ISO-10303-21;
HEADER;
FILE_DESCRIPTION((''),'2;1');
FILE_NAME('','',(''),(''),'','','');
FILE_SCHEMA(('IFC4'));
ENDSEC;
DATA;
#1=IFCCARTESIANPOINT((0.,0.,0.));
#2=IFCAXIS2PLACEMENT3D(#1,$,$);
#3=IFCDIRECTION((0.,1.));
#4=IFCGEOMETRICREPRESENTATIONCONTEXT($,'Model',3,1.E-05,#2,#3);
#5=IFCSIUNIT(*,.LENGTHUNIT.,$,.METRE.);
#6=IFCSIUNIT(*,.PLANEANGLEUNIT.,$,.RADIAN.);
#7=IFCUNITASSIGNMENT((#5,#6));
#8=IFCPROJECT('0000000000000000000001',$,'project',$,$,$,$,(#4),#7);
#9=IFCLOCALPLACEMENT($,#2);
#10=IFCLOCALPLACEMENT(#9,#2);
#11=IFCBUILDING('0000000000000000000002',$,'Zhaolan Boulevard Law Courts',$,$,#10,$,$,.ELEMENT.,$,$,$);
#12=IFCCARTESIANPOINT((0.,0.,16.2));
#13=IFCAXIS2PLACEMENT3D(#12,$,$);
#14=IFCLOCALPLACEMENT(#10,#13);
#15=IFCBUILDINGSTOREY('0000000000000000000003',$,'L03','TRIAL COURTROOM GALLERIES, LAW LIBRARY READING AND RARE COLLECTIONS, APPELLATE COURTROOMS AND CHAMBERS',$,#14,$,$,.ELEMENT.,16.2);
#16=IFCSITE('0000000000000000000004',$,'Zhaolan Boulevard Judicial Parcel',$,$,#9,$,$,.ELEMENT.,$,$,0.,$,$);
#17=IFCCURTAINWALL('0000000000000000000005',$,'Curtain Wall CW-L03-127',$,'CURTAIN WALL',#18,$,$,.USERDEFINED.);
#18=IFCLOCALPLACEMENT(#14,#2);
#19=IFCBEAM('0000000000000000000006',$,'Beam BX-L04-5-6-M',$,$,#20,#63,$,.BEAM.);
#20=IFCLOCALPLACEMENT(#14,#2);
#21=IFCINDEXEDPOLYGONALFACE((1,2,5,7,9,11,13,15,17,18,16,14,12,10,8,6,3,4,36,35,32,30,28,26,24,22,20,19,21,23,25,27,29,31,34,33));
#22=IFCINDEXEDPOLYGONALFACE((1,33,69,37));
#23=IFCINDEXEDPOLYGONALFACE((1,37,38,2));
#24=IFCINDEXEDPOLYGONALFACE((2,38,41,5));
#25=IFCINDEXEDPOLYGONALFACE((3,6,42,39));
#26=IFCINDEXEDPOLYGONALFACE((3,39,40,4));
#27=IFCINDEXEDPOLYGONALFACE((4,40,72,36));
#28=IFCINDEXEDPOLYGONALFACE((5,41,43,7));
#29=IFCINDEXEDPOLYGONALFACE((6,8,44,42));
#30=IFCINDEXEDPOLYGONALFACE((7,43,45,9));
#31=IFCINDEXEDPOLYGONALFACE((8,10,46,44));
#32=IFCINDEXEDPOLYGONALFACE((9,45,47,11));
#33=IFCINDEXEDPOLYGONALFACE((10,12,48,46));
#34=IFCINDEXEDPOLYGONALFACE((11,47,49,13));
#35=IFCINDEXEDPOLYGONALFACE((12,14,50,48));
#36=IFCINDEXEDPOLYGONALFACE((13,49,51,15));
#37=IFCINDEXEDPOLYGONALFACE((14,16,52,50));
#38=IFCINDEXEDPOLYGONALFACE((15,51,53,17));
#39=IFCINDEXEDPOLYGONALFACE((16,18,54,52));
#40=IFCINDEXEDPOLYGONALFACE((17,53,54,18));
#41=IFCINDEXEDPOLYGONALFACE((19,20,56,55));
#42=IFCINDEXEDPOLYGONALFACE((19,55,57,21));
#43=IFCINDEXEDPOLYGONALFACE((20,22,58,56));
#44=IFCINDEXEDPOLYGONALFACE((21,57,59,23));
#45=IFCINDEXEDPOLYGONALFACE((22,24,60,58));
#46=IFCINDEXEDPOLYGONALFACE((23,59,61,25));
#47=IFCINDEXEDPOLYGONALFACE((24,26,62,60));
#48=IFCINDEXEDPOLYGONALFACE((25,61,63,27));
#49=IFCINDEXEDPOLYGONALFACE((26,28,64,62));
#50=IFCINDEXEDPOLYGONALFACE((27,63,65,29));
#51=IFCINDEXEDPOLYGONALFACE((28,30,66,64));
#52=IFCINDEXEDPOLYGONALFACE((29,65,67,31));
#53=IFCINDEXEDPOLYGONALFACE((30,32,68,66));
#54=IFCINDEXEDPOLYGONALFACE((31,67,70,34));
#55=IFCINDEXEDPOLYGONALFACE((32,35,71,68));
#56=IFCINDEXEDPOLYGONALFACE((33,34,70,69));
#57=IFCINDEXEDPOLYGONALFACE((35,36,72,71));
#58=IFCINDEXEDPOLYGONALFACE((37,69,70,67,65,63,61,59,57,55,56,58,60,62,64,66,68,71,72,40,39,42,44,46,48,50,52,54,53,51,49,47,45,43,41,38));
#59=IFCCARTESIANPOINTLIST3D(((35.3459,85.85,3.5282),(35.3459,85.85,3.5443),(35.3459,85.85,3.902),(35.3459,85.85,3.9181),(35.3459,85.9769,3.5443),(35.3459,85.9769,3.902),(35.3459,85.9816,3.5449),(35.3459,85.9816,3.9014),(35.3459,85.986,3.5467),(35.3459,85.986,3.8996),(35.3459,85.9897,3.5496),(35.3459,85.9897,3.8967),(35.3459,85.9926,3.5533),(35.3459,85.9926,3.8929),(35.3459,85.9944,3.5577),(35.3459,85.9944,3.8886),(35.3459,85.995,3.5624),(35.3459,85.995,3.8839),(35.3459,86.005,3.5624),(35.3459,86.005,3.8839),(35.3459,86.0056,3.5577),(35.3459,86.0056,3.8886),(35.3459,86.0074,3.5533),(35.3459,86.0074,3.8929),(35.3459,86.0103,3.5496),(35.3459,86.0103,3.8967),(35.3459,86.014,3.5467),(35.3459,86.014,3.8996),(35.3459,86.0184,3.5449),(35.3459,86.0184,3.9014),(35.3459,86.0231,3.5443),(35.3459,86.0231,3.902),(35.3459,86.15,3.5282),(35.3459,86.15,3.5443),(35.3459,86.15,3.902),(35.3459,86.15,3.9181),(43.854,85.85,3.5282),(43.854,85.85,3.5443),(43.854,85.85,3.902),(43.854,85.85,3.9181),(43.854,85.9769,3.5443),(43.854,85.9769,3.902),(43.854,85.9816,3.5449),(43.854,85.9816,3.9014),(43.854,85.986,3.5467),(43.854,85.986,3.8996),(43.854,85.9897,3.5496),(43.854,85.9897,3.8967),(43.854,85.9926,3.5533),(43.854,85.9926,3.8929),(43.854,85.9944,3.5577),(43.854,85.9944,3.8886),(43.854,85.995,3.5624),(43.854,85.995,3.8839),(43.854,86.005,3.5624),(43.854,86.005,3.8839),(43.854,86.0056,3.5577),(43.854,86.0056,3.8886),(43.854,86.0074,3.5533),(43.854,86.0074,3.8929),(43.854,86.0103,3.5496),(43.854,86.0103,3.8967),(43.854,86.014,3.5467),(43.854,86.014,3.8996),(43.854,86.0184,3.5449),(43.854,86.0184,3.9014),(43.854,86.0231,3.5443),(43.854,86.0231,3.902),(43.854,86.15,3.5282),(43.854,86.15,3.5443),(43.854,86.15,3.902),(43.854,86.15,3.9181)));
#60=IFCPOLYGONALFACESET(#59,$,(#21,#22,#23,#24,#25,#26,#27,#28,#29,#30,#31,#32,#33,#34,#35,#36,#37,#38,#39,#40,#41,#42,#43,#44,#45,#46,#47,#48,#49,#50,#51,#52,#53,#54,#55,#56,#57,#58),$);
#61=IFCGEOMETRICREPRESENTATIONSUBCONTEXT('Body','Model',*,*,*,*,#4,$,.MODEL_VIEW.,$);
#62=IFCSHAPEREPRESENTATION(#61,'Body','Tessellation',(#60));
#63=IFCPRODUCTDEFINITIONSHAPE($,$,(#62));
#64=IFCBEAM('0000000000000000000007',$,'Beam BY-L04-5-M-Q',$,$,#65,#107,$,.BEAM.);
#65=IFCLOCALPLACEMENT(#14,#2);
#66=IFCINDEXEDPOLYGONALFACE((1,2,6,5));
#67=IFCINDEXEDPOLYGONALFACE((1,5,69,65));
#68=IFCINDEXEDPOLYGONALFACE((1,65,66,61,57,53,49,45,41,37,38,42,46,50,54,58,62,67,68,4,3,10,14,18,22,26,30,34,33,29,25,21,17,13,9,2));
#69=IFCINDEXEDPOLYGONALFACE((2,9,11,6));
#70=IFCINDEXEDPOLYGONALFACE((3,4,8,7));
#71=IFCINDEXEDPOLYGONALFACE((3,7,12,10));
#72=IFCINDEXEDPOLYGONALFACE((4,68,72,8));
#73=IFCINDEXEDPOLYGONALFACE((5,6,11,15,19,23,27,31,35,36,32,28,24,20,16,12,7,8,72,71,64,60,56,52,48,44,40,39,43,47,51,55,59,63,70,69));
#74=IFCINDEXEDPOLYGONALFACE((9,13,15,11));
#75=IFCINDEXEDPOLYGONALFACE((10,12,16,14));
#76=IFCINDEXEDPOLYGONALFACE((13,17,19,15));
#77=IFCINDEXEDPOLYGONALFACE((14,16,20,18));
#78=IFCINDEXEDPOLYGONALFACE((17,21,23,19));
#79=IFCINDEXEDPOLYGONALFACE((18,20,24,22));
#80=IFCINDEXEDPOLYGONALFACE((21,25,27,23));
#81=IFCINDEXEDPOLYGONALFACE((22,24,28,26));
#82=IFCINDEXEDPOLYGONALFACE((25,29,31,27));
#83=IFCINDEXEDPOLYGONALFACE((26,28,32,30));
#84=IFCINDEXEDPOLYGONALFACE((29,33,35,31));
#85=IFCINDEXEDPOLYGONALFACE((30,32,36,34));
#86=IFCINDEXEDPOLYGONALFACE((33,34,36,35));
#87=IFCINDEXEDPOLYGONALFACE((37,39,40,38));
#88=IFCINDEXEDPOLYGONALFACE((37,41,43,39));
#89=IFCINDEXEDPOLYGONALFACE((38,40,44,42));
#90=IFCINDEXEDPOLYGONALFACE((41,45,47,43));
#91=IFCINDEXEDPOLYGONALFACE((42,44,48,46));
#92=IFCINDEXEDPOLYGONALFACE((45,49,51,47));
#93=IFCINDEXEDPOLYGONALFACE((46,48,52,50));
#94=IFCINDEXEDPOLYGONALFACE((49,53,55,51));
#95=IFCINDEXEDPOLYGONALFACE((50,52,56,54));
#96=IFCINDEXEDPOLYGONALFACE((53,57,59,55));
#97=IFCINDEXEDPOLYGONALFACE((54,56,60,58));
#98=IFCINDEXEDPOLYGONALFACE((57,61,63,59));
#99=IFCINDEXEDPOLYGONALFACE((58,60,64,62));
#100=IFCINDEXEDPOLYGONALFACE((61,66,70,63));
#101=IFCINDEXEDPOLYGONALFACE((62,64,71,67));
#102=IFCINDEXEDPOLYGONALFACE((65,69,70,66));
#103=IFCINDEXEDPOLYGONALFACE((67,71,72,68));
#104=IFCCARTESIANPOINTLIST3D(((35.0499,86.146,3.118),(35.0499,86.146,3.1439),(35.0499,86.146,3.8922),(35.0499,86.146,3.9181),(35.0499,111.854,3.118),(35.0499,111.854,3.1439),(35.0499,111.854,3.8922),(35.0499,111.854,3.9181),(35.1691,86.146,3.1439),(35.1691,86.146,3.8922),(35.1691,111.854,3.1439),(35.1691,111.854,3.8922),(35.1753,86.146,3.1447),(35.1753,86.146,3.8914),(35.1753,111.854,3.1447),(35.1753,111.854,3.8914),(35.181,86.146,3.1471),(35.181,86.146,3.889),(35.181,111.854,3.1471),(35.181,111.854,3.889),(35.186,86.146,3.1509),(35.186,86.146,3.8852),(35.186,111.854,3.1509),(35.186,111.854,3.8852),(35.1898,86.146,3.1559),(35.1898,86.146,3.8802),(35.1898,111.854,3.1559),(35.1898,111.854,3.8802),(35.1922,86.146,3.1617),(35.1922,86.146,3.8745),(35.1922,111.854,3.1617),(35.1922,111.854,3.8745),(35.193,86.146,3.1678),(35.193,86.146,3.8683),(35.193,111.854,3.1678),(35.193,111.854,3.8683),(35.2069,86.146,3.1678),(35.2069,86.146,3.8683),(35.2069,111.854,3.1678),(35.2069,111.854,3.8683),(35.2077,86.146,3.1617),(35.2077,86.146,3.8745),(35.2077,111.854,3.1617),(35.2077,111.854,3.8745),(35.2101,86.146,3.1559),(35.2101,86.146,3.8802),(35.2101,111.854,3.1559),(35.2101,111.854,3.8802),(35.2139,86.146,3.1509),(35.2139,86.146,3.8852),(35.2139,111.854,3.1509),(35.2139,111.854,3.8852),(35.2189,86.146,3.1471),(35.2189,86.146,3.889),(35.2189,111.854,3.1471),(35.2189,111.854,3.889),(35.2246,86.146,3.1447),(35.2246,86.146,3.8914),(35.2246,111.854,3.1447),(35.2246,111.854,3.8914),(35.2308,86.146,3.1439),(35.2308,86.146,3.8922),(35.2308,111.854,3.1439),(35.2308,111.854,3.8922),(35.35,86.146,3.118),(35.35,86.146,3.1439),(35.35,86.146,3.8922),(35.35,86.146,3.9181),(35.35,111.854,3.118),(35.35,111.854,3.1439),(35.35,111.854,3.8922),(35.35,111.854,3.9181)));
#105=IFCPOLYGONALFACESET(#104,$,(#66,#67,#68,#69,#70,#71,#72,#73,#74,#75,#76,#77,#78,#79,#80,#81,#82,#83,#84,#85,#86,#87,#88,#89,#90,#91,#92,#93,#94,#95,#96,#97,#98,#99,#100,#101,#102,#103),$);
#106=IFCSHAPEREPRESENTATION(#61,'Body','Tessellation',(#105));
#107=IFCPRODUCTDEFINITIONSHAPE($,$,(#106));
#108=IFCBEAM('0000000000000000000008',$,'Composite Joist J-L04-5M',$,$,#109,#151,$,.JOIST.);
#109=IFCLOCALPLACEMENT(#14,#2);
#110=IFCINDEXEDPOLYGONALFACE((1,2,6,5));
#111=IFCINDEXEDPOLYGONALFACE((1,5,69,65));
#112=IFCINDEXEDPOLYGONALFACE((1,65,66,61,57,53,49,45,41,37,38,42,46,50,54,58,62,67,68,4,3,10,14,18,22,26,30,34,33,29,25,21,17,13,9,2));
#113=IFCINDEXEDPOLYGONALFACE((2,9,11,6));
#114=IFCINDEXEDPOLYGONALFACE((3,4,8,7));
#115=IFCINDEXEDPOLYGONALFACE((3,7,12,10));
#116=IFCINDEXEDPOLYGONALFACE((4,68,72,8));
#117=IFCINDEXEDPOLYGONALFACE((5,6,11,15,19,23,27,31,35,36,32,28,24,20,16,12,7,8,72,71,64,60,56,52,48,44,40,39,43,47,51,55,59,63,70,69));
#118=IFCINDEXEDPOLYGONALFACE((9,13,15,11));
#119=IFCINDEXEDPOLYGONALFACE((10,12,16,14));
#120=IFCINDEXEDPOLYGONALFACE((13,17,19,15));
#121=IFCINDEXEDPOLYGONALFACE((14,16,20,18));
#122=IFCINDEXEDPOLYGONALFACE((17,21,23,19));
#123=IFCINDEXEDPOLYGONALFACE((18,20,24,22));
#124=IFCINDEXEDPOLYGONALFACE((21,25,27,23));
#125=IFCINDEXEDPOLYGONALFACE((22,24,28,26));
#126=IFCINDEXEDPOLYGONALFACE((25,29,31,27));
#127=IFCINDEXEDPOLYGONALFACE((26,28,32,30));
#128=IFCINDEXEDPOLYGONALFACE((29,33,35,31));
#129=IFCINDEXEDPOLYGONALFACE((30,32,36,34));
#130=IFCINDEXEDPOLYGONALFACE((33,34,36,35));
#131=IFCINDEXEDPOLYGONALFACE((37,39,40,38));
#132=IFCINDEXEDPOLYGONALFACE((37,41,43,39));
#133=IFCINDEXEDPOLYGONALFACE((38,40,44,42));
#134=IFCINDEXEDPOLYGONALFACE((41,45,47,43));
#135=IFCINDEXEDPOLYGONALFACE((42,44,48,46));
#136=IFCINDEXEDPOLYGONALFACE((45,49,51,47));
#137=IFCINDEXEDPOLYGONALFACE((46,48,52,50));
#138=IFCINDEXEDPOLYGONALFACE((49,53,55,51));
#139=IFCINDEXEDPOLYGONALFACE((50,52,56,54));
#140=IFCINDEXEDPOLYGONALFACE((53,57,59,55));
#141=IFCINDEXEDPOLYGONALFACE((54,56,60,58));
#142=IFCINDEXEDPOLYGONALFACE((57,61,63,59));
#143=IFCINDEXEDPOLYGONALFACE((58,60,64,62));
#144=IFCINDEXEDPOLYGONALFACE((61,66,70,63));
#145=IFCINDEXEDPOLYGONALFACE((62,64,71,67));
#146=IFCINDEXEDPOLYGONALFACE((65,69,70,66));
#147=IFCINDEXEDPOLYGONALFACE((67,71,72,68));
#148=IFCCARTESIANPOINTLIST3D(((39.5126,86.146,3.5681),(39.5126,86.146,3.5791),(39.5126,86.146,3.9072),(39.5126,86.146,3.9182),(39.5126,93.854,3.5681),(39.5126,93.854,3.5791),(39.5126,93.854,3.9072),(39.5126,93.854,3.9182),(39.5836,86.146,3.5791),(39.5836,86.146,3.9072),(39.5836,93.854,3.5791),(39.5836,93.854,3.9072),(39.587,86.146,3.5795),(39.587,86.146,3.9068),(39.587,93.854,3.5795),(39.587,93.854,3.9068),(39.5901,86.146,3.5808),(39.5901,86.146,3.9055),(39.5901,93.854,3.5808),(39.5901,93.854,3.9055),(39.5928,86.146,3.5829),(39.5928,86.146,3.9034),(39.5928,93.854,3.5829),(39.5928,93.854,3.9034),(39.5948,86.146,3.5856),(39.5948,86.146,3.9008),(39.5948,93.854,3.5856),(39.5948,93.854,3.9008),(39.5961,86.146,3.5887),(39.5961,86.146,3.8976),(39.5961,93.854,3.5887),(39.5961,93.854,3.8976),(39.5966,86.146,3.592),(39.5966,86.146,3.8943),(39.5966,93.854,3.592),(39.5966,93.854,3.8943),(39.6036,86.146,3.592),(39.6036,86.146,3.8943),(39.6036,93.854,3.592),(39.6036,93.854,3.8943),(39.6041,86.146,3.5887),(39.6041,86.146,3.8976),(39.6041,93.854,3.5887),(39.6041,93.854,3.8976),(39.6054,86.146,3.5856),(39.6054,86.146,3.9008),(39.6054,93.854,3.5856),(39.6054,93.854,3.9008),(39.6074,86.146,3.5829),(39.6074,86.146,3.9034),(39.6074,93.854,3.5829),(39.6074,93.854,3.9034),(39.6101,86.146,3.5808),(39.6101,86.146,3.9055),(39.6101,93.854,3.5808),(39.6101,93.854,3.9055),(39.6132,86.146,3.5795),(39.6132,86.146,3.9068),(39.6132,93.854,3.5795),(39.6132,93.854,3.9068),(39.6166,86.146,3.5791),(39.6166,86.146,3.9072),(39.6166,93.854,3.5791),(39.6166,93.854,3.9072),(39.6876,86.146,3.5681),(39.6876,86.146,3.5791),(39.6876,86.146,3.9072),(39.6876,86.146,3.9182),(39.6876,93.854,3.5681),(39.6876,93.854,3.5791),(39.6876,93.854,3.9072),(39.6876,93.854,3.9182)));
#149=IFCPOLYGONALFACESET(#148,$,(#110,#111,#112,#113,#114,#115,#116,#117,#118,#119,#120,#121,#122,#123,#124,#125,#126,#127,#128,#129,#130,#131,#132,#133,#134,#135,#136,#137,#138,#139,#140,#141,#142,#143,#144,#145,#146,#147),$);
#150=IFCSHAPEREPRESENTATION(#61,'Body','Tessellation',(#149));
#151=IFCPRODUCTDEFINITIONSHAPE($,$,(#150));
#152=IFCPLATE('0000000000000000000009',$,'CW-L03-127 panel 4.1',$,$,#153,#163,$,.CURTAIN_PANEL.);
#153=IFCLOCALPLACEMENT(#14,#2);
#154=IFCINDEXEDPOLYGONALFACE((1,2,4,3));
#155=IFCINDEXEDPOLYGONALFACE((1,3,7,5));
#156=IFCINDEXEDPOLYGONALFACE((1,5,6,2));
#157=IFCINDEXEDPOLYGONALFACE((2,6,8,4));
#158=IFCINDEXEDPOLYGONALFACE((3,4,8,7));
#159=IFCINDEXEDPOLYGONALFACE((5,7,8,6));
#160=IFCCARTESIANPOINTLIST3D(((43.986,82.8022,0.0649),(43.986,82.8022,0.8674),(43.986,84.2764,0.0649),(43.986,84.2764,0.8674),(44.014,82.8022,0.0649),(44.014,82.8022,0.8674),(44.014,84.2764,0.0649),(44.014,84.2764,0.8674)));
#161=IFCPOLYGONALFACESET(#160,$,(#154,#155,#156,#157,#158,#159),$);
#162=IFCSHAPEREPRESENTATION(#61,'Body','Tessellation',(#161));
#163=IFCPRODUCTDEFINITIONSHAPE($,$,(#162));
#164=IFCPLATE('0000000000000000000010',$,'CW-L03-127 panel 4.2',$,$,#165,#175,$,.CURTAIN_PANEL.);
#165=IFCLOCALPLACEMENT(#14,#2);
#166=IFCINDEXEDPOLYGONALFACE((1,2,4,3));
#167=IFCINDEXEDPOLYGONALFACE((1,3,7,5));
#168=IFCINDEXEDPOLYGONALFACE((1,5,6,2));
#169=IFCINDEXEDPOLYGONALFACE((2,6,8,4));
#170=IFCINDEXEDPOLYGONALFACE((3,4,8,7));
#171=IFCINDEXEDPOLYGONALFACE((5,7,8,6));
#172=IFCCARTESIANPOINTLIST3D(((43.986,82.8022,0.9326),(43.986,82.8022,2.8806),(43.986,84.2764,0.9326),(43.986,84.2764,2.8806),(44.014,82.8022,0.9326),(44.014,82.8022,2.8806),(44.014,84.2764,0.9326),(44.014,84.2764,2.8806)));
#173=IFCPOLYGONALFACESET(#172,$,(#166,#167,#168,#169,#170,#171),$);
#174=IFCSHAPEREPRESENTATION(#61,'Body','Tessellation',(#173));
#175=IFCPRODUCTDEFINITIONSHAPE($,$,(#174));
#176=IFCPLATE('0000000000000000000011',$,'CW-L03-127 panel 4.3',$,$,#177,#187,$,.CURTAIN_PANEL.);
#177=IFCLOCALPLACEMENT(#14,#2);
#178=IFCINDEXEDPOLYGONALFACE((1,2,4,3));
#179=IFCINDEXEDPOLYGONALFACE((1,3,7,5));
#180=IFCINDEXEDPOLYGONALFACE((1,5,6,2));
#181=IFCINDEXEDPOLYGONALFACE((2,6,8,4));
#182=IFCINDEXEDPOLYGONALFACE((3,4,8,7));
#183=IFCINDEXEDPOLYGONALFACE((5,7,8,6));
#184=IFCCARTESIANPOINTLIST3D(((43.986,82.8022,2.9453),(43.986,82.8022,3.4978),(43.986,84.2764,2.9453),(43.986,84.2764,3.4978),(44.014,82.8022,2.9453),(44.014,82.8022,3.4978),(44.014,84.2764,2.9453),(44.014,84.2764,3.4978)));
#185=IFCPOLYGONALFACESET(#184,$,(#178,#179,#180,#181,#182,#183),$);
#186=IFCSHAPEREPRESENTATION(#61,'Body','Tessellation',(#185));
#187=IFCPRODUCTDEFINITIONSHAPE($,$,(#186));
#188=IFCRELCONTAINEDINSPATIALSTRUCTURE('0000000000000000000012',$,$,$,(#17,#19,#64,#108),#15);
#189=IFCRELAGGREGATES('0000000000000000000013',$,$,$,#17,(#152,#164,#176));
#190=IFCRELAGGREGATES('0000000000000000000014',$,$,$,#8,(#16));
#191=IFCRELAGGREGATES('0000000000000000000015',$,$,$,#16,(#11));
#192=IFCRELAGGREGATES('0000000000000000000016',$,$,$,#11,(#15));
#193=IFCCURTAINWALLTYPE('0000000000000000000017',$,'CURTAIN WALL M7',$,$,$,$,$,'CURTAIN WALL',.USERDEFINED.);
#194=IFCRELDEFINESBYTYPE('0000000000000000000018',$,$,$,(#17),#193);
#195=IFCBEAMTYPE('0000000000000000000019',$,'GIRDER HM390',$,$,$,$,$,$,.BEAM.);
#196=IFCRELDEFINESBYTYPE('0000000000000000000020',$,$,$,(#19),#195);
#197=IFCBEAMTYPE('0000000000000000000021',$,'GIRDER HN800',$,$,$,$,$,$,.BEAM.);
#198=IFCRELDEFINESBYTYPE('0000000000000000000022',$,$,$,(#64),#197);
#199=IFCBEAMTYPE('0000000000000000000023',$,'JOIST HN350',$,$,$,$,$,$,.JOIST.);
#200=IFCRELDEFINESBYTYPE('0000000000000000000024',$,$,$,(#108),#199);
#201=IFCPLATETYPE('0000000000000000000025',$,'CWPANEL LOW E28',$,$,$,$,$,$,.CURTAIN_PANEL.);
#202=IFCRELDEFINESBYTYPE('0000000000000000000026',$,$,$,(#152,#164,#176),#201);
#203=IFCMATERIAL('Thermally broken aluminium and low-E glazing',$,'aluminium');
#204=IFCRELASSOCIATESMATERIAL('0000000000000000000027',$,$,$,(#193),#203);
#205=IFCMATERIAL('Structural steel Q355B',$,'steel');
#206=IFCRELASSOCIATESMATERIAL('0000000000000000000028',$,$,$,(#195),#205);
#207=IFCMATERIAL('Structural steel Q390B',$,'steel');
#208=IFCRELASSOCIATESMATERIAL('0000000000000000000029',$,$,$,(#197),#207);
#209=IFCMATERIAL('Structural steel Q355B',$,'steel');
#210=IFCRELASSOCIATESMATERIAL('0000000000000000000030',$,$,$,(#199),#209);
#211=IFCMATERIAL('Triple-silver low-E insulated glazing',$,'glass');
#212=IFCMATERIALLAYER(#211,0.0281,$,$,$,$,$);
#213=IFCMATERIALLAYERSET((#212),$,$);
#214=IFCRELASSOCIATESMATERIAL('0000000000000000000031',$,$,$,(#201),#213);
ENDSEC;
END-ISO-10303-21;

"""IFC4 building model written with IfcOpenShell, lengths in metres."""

from ifc_helpers import new_model, si_unit, direction, frame, origin, origin_2d, place, context, subcontext, project, spatial, rectangle, i_section, extrude, material, layer, layer_set, material_profile, profile_set, type_object, element, aggregate, save


model = new_model("IFC4")

# Units and contexts
model_context = context("Model", 3, precision=1e-05, world=origin(), true_north=direction((0.0, 1.0)))
body_context = subcontext(model_context, "Body", "Model", "MODEL_VIEW")
ifc_project = project(units=[si_unit("LENGTHUNIT", "METRE"), si_unit("PLANEANGLEUNIT", "RADIAN")], contexts=[model_context])

# Site, building, storey
site_placement = place(None, origin())
site = spatial("IfcSite", under=ifc_project, at=site_placement, Name="Zhaolan Boulevard Judicial Parcel", CompositionType="ELEMENT", RefElevation=0.0)
building_placement = place(site_placement, origin())
building = spatial("IfcBuilding", under=site, at=building_placement, Name="Zhaolan Boulevard Law Courts", CompositionType="ELEMENT")
storey_placement = place(building_placement, frame((0.0, 0.0, 16.2)))
storey = spatial("IfcBuildingStorey", under=building, at=storey_placement, Name="L03", Description="TRIAL COURTROOM GALLERIES, LAW LIBRARY READING AND RARE COLLECTIONS, APPELLATE COURTROOMS AND CHAMBERS", CompositionType="ELEMENT", Elevation=16.2)

# Curtain wall
ifc_material_1 = material(Name="Thermally broken aluminium and low-E glazing", Category="aluminium")
curtain_wall_type_1 = type_object("IfcCurtainWallType", Name="CURTAIN WALL M7", ElementType="CURTAIN WALL", PredefinedType="USERDEFINED", material=ifc_material_1)
curtain_wall_1_placement = place(storey_placement, origin())
curtain_wall_1 = element("IfcCurtainWall", 1, at=curtain_wall_1_placement, inside=storey, type_object=curtain_wall_type_1, Name="Curtain Wall CW-L03-127", ObjectType="CURTAIN WALL", PredefinedType="USERDEFINED")

# Beams
ifc_material_2 = material(Name="Structural steel Q355B", Category="steel")
ifc_material_profile_1 = material_profile(ifc_material_2, i_section(OverallWidth=0.3, OverallDepth=0.3899, WebThickness=0.01, FlangeThickness=0.0161, FilletRadius=0.0181, at=origin_2d()), Name="HM390x300")
ifc_profile_set_1 = profile_set([ifc_material_profile_1], Name="Structural steel Q355B")
beam_type_1 = type_object("IfcBeamType", Name="GIRDER HM390", PredefinedType="BEAM", material=ifc_profile_set_1)
beam_1_placement = place(storey_placement, frame((35.3459, 86.0, 3.7231), z_axis=(1.0, 0.0, 0.0), x_axis=(0.0, 1.0, 0.0)))
element("IfcBeam", 2, at=beam_1_placement, inside=storey, type_object=beam_type_1, Name="Beam BX-L04-5-6-M", PredefinedType="BEAM", context=body_context, shape_type="SweptSolid", body=[
    extrude(i_section(OverallWidth=0.3, OverallDepth=0.3899, WebThickness=0.01, FlangeThickness=0.0161, FilletRadius=0.0181, at=origin_2d()), origin(), (0.0, 0.0, 1.0), 8.5081),
])
ifc_material_3 = material(Name="Structural steel Q390B", Category="steel")
ifc_material_profile_2 = material_profile(ifc_material_3, i_section(OverallWidth=0.3, OverallDepth=0.8, WebThickness=0.0139, FlangeThickness=0.0259, FilletRadius=0.0239, at=origin_2d()), Name="HN800x300")
ifc_profile_set_2 = profile_set([ifc_material_profile_2], Name="Structural steel Q390B")
beam_type_2 = type_object("IfcBeamType", Name="GIRDER HN800", PredefinedType="BEAM", material=ifc_profile_set_2)
beam_2_placement = place(storey_placement, frame((35.2, 86.146, 3.5181), z_axis=(0.0, 1.0, 0.0), x_axis=(-1.0, 0.0, 0.0)))
element("IfcBeam", 3, at=beam_2_placement, inside=storey, type_object=beam_type_2, Name="Beam BY-L04-5-M-Q", PredefinedType="BEAM", context=body_context, shape_type="SweptSolid", body=[
    extrude(i_section(OverallWidth=0.3, OverallDepth=0.8, WebThickness=0.0139, FlangeThickness=0.0259, FilletRadius=0.0239, at=origin_2d()), origin(), (0.0, 0.0, 1.0), 25.708),
])
ifc_material_4 = material(Name="Structural steel Q355B", Category="steel")
ifc_material_profile_3 = material_profile(ifc_material_4, i_section(OverallWidth=0.175, OverallDepth=0.3501, WebThickness=0.0071, FlangeThickness=0.011, FilletRadius=0.0129, at=origin_2d()), Name="HN350x175")
ifc_profile_set_3 = profile_set([ifc_material_profile_3], Name="Structural steel Q355B")
beam_type_3 = type_object("IfcBeamType", Name="JOIST HN350", PredefinedType="JOIST", material=ifc_profile_set_3)
beam_3_placement = place(storey_placement, frame((39.6001, 86.146, 3.7432), z_axis=(0.0, 1.0, 0.0), x_axis=(-1.0, 0.0, 0.0)))
element("IfcBeam", 4, at=beam_3_placement, inside=storey, type_object=beam_type_3, Name="Composite Joist J-L04-5M", PredefinedType="JOIST", context=body_context, shape_type="SweptSolid", body=[
    extrude(i_section(OverallWidth=0.175, OverallDepth=0.3501, WebThickness=0.0071, FlangeThickness=0.011, FilletRadius=0.0129, at=origin_2d()), origin(), (0.0, 0.0, 1.0), 7.708),
])

# Plates
ifc_material_5 = material(Name="Triple-silver low-E insulated glazing", Category="glass")
ifc_layer = layer(ifc_material_5, 0.0281)
ifc_layer_set = layer_set([ifc_layer])
plate_type = type_object("IfcPlateType", Name="CWPANEL LOW E28", PredefinedType="CURTAIN_PANEL", material=ifc_layer_set)
plate_1_placement = place(storey_placement, frame((44.0, 83.5393, 0.0649), z_axis=(0.0, 0.0, 1.0), x_axis=(0.0, 1.0, 0.0)))
plate_1 = element("IfcPlate", 5, at=plate_1_placement, type_object=plate_type, Name="CW-L03-127 panel 4.1", PredefinedType="CURTAIN_PANEL", context=body_context, shape_type="SweptSolid", body=[
    extrude(rectangle(XDim=1.4741, YDim=0.0281, at=origin_2d()), origin(), (0.0, 0.0, 1.0), 0.8025),
])
plate_2_placement = place(storey_placement, frame((44.0, 83.5393, 0.9326), z_axis=(0.0, 0.0, 1.0), x_axis=(0.0, 1.0, 0.0)))
plate_2 = element("IfcPlate", 6, at=plate_2_placement, type_object=plate_type, Name="CW-L03-127 panel 4.2", PredefinedType="CURTAIN_PANEL", context=body_context, shape_type="SweptSolid", body=[
    extrude(rectangle(XDim=1.4741, YDim=0.0281, at=origin_2d()), origin(), (0.0, 0.0, 1.0), 1.948),
])
plate_3_placement = place(storey_placement, frame((44.0, 83.5393, 2.9453), z_axis=(0.0, 0.0, 1.0), x_axis=(0.0, 1.0, 0.0)))
plate_3 = element("IfcPlate", 7, at=plate_3_placement, type_object=plate_type, Name="CW-L03-127 panel 4.3", PredefinedType="CURTAIN_PANEL", context=body_context, shape_type="SweptSolid", body=[
    extrude(rectangle(XDim=1.4741, YDim=0.0281, at=origin_2d()), origin(), (0.0, 0.0, 1.0), 0.5525),
])
aggregate(curtain_wall_1, [plate_1, plate_2, plate_3])

save(model, "model.ifc")
